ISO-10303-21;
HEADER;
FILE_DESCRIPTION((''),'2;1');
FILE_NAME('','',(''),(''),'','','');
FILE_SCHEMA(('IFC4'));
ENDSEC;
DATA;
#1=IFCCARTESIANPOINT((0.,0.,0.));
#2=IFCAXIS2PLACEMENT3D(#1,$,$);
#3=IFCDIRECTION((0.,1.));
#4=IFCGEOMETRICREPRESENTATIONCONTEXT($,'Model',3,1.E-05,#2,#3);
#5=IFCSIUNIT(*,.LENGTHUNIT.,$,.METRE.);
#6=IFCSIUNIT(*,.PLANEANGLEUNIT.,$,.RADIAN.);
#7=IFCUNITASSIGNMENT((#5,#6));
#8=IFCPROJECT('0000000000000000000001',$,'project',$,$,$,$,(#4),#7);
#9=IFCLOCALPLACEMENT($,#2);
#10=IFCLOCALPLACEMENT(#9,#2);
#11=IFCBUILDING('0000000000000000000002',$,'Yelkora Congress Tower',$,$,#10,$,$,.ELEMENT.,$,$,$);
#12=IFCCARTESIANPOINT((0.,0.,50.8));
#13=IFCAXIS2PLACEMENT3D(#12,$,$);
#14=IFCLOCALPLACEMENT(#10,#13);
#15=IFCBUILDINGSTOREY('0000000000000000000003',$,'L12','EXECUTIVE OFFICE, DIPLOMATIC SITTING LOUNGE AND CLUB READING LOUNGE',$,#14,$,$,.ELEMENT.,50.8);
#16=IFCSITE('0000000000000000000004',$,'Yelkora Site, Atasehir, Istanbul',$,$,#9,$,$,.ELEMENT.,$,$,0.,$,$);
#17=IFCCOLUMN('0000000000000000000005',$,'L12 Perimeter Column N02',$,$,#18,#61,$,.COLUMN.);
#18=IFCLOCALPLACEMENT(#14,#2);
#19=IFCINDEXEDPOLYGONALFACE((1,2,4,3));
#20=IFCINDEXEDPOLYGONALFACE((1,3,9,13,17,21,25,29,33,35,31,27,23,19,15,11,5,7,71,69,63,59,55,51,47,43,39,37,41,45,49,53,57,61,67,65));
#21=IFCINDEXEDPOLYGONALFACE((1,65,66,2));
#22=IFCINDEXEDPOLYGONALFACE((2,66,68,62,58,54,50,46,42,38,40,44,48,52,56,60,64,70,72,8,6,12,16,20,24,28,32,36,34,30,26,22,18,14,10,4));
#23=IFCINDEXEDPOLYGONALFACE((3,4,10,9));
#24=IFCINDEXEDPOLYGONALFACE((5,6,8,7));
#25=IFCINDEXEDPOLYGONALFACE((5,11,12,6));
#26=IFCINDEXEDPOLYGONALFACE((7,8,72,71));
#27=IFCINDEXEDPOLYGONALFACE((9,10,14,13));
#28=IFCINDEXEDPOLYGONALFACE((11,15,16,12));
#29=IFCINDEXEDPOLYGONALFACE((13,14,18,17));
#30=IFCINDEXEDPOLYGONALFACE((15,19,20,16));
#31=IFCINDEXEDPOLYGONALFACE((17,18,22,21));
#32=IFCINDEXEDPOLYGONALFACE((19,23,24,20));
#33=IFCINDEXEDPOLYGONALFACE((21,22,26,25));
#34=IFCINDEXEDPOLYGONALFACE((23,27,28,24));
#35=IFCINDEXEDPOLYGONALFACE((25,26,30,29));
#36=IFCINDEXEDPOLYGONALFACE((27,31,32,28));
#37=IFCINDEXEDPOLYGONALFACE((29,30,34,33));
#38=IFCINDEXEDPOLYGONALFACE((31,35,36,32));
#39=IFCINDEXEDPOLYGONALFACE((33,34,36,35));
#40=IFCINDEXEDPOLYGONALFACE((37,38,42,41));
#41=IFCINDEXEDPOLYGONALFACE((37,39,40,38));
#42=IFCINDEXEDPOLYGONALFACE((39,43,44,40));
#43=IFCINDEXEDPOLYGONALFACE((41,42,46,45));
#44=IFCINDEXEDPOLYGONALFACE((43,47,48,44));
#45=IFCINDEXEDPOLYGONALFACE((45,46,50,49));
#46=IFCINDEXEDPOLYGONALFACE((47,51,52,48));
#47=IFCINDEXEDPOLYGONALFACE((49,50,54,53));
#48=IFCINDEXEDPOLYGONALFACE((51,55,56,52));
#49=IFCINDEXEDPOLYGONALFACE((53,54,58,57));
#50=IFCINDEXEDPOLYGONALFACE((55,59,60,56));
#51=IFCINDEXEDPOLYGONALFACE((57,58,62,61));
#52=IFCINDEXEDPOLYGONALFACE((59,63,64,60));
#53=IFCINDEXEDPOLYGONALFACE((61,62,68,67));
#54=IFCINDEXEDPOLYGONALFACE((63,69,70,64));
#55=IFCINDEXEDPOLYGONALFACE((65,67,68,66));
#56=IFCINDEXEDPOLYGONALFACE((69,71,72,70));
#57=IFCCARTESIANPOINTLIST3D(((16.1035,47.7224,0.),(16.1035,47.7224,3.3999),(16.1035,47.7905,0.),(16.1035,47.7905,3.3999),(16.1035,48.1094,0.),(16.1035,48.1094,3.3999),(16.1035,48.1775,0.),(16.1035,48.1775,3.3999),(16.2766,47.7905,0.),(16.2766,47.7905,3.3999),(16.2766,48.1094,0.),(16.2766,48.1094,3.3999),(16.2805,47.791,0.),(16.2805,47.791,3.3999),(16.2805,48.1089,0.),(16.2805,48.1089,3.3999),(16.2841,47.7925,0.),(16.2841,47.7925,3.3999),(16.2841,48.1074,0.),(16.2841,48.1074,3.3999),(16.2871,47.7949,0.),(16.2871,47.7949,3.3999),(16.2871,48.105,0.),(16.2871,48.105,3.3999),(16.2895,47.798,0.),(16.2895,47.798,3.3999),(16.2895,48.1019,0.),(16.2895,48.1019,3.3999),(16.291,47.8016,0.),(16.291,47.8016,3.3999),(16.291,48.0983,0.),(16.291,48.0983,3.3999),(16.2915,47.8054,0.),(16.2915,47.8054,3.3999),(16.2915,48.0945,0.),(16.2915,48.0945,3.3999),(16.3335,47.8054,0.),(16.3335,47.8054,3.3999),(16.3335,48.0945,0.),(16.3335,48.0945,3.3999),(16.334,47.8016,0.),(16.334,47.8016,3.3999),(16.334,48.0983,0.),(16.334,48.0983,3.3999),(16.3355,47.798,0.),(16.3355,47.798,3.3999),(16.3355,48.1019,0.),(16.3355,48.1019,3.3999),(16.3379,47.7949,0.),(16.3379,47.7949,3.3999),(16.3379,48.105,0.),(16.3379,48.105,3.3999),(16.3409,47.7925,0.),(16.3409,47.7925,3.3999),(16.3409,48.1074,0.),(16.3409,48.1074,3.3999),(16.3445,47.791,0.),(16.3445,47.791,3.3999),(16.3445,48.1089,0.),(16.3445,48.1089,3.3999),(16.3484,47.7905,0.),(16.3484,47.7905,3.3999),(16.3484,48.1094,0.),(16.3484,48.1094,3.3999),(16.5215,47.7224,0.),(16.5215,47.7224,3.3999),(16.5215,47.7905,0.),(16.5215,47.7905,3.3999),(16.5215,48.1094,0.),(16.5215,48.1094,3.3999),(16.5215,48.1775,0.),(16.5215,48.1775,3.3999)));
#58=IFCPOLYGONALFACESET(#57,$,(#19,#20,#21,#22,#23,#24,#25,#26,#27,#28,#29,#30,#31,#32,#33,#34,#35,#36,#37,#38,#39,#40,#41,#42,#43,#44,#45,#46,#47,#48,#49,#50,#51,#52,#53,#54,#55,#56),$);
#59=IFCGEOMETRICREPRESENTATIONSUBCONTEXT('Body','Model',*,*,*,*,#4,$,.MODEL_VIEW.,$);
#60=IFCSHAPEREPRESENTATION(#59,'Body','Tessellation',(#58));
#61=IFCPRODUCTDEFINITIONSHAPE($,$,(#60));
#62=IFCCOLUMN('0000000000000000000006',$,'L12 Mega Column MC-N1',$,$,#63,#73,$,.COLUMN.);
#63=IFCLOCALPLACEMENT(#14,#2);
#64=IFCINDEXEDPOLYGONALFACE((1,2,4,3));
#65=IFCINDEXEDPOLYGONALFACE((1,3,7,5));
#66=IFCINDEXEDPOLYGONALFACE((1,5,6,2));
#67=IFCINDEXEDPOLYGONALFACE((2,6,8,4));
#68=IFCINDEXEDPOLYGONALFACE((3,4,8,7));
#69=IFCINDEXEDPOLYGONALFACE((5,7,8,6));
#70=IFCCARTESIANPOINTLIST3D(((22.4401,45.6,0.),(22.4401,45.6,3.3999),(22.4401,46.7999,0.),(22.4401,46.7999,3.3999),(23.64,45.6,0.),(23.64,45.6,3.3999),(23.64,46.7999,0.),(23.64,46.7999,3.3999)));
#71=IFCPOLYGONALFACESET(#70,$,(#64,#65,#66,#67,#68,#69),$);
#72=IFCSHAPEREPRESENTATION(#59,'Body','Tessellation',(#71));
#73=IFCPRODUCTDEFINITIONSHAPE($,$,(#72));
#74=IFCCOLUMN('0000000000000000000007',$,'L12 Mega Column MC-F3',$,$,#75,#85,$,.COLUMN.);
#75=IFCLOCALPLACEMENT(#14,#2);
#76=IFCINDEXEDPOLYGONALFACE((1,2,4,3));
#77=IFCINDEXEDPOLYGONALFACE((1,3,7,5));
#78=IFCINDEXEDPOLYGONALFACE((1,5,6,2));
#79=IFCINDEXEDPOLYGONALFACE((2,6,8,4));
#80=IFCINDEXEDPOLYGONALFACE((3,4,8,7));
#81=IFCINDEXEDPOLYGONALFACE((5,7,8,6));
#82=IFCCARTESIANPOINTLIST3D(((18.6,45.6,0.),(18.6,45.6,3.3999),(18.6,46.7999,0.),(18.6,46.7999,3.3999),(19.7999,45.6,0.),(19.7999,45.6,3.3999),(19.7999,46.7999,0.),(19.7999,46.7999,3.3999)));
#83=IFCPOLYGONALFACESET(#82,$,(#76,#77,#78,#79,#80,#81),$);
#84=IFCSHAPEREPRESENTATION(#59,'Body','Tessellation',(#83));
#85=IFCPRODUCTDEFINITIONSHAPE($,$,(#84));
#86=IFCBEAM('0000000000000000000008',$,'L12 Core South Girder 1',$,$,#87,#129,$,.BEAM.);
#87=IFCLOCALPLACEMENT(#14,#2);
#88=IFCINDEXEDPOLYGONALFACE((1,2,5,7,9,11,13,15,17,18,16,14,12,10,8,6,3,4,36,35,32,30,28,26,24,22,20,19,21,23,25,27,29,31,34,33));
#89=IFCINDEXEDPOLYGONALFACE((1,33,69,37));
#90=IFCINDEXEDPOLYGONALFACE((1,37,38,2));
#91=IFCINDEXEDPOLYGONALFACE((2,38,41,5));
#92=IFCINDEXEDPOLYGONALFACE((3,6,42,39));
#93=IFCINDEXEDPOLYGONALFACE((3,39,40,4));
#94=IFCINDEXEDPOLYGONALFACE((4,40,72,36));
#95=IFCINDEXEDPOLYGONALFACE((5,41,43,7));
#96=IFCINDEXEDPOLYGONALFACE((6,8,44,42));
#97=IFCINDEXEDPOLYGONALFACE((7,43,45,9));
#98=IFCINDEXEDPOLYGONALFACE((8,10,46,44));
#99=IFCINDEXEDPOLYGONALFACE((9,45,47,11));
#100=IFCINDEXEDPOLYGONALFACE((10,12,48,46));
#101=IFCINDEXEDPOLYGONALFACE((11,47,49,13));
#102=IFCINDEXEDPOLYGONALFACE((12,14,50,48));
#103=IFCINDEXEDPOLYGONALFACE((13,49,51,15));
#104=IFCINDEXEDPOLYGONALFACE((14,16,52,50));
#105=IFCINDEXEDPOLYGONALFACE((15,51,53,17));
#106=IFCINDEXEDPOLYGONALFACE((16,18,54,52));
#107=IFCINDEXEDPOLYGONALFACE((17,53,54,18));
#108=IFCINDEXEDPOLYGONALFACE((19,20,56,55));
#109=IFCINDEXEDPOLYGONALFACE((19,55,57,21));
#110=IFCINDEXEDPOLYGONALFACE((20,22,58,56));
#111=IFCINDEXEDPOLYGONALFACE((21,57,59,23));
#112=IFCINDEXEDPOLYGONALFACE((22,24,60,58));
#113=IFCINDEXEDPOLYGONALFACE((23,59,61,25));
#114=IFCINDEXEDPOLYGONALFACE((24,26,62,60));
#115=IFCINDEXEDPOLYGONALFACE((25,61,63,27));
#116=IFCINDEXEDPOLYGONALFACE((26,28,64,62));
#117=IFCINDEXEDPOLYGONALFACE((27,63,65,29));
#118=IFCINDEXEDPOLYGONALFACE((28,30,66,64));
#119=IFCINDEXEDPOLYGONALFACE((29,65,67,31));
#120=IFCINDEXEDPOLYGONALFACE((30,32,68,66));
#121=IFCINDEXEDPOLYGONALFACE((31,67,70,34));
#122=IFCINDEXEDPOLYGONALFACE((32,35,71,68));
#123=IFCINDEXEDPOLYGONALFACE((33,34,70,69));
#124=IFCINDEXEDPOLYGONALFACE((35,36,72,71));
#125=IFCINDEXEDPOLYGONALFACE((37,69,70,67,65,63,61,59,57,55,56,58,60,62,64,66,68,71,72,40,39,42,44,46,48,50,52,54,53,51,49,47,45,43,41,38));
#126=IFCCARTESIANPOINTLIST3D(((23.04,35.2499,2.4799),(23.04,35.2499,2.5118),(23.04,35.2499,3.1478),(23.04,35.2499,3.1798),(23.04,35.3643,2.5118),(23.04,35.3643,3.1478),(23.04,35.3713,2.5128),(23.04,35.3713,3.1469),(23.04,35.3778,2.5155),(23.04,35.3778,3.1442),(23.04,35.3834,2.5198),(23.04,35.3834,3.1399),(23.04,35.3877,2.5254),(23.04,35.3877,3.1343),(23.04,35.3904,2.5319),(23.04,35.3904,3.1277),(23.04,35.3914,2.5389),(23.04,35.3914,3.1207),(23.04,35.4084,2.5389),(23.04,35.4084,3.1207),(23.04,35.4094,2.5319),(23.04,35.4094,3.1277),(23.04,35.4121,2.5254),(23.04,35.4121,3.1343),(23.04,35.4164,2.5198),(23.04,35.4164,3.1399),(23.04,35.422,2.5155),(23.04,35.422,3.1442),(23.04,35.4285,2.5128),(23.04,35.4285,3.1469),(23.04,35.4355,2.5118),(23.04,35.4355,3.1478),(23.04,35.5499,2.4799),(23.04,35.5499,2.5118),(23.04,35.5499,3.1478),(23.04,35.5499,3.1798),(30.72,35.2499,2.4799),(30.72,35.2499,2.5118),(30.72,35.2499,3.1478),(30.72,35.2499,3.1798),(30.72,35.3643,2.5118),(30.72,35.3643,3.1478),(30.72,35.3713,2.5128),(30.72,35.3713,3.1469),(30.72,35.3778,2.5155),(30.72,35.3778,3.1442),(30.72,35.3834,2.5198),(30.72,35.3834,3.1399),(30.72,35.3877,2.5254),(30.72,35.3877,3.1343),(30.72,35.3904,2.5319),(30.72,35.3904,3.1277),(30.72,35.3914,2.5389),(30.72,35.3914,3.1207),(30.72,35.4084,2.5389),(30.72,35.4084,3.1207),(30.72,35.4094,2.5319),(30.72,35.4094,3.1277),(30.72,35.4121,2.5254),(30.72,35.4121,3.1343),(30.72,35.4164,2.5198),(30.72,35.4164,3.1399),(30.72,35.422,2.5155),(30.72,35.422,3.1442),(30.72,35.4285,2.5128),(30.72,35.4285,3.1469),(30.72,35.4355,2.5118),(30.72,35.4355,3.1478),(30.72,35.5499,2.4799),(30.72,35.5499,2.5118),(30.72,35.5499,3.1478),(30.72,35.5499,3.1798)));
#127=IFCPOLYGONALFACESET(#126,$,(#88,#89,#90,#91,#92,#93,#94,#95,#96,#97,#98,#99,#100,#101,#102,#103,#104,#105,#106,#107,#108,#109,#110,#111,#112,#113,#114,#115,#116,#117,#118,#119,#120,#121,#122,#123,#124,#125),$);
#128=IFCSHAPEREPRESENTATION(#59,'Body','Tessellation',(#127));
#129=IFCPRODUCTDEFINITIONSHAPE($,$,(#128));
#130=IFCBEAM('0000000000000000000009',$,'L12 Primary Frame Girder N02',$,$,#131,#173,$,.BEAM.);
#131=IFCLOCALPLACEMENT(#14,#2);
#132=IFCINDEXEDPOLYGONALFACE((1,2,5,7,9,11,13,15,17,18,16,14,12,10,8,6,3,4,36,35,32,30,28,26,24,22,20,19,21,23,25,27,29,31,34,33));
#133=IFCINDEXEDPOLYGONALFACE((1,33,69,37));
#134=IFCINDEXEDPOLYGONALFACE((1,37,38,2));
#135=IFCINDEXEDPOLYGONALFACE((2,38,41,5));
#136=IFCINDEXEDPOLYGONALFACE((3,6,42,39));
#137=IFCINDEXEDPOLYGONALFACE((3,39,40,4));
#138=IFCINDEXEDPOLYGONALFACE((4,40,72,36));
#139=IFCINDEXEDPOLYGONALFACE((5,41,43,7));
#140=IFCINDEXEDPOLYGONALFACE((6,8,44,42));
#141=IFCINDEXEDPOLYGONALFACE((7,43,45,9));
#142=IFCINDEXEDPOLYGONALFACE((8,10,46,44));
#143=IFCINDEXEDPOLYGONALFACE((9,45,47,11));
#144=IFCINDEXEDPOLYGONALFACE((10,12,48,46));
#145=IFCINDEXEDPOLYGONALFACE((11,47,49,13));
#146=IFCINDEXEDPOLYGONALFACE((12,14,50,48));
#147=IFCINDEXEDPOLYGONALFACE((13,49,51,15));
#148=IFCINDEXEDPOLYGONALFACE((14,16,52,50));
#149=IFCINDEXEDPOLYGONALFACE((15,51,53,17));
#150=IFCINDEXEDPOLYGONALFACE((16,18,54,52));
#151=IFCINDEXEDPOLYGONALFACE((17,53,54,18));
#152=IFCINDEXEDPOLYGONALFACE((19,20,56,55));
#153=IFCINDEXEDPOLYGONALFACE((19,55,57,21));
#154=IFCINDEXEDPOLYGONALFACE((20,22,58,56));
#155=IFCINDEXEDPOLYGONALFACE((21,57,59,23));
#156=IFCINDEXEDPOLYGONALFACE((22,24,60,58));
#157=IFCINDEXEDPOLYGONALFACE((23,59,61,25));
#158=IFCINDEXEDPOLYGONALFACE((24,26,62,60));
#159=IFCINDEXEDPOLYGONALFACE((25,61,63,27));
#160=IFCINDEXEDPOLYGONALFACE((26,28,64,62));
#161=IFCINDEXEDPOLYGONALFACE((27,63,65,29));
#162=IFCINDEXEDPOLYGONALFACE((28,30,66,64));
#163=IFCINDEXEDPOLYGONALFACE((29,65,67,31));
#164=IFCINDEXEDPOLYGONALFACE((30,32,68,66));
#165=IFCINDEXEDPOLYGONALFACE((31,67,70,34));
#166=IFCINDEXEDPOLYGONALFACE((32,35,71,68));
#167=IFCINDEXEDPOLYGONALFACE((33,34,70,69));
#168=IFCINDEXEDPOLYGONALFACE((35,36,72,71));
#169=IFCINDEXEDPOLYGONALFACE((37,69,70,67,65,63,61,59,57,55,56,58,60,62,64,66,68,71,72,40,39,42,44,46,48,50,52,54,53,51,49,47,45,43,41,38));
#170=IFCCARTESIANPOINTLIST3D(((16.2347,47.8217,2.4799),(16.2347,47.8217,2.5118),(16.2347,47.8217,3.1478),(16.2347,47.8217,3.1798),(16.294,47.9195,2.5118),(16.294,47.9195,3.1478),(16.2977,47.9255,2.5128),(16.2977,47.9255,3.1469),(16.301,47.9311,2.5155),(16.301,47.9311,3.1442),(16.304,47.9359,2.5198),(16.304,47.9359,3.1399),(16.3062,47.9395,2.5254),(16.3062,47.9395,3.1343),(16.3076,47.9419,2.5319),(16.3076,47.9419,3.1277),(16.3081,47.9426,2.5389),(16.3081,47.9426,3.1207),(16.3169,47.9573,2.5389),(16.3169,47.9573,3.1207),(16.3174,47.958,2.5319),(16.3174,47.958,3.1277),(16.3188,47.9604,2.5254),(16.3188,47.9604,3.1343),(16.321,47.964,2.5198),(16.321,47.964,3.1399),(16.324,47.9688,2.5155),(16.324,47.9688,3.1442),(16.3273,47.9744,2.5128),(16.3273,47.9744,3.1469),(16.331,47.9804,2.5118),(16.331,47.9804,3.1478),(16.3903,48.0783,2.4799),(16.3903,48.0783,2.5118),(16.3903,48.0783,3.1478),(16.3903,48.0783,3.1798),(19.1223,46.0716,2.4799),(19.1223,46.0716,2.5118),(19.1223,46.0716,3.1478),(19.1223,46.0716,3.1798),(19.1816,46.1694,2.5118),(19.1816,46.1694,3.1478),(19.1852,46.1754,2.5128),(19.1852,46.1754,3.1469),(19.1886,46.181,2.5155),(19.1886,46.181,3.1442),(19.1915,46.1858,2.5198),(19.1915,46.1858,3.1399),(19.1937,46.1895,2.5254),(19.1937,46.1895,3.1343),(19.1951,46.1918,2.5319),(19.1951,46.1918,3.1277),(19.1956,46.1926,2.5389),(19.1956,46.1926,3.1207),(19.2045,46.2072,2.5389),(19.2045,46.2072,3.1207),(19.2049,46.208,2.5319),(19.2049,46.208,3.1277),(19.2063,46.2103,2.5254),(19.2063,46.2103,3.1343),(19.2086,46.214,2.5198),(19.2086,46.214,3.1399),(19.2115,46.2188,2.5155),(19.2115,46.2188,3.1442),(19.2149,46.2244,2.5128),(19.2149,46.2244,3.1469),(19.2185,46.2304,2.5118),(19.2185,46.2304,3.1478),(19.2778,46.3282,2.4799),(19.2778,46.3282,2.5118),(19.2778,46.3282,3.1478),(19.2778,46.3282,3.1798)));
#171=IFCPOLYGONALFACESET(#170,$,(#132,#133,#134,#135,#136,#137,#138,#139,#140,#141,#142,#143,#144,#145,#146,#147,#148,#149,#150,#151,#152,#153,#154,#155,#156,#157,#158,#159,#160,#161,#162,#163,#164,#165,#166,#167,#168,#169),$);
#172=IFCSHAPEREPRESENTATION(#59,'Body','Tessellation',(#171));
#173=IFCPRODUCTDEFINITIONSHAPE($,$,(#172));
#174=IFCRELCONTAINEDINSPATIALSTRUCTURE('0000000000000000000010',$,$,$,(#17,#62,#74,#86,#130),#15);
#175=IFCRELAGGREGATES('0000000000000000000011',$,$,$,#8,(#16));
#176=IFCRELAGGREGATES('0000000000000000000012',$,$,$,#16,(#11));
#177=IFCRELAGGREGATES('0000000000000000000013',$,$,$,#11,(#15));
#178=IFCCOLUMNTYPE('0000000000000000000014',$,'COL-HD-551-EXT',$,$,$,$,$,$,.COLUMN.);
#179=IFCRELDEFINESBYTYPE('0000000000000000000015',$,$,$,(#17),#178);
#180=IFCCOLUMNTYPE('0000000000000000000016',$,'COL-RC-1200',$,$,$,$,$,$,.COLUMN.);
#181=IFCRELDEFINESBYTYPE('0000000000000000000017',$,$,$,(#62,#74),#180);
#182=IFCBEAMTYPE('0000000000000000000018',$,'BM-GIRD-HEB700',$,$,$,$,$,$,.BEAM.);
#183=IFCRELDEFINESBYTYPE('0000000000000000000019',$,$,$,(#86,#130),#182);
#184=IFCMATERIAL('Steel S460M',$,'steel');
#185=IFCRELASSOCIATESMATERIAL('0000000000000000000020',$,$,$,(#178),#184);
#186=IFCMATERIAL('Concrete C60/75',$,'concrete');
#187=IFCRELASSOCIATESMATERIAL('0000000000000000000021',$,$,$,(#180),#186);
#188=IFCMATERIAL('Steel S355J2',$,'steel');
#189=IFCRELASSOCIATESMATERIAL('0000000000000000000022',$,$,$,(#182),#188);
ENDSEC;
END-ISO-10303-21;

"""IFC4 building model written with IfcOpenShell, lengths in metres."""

from ifc_helpers import new_model, si_unit, direction, frame, origin, origin_2d, place, context, subcontext, project, spatial, rectangle, i_section, extrude, material, material_profile, profile_set, type_object, element, save


model = new_model("IFC4")

# Units and contexts
model_context = context("Model", 3, precision=1e-05, world=origin(), true_north=direction((0.0, 1.0)))
body_context = subcontext(model_context, "Body", "Model", "MODEL_VIEW")
ifc_project = project(units=[si_unit("LENGTHUNIT", "METRE"), si_unit("PLANEANGLEUNIT", "RADIAN")], contexts=[model_context])

# Site, building, storey
site_placement = place(None, origin())
site = spatial("IfcSite", under=ifc_project, at=site_placement, Name="Yelkora Site, Atasehir, Istanbul", CompositionType="ELEMENT", RefElevation=0.0)
building_placement = place(site_placement, origin())
building = spatial("IfcBuilding", under=site, at=building_placement, Name="Yelkora Congress Tower", CompositionType="ELEMENT")
storey_placement = place(building_placement, frame((0.0, 0.0, 50.8)))
storey = spatial("IfcBuildingStorey", under=building, at=storey_placement, Name="L12", Description="EXECUTIVE OFFICE, DIPLOMATIC SITTING LOUNGE AND CLUB READING LOUNGE", CompositionType="ELEMENT", Elevation=50.8)

# Columns
ifc_material_1 = material(Name="Steel S460M", Category="steel")
ifc_material_profile_1 = material_profile(ifc_material_1, i_section(OverallWidth=0.418, OverallDepth=0.4551, WebThickness=0.042, FlangeThickness=0.0681, FilletRadius=0.0149, at=origin_2d()), Name="HD 400x551")
ifc_profile_set_1 = profile_set([ifc_material_profile_1], Name="Steel S460M")
column_type_1 = type_object("IfcColumnType", Name="COL-HD-551-EXT", PredefinedType="COLUMN", material=ifc_profile_set_1)
column_placement = place(storey_placement, frame((16.3125, 47.95, 0.0), z_axis=(0.0, 0.0, 1.0), x_axis=(1.0, 0.0, 0.0)))
element("IfcColumn", 1, at=column_placement, inside=storey, type_object=column_type_1, Name="L12 Perimeter Column N02", PredefinedType="COLUMN", context=body_context, shape_type="SweptSolid", body=[
    extrude(i_section(OverallWidth=0.418, OverallDepth=0.4551, WebThickness=0.042, FlangeThickness=0.0681, FilletRadius=0.0149, at=origin_2d()), origin(), (0.0, 0.0, 1.0), 3.3999),
])
ifc_material_2 = material(Name="Concrete C60/75", Category="concrete")
ifc_material_profile_2 = material_profile(ifc_material_2, rectangle(XDim=1.2, YDim=1.2, at=origin_2d()), Name="RC 1200x1200")
ifc_profile_set_2 = profile_set([ifc_material_profile_2], Name="Concrete C60/75")
column_type_2 = type_object("IfcColumnType", Name="COL-RC-1200", PredefinedType="COLUMN", material=ifc_profile_set_2)
for number, where, z_axis, x_axis, name in (
    (2, (23.04, 46.2, 0.0), (0.0, 0.0, 1.0), (1.0, 0.0, 0.0), "L12 Mega Column MC-N1"),
    (3, (19.2, 46.2, 0.0), (0.0, 0.0, 1.0), (1.0, 0.0, 0.0), "L12 Mega Column MC-F3"),
):
    element("IfcColumn", number, at=place(storey_placement, frame(where, z_axis=z_axis, x_axis=x_axis)), inside=storey, type_object=column_type_2, Name=name, PredefinedType="COLUMN", context=body_context, shape_type="SweptSolid", body=[
        extrude(rectangle(XDim=1.2, YDim=1.2, at=origin_2d()), origin(), (0.0, 0.0, 1.0), 3.3999),
    ])

# Beams
ifc_material_3 = material(Name="Steel S355J2", Category="steel")
ifc_material_profile_3 = material_profile(ifc_material_3, i_section(OverallWidth=0.3, OverallDepth=0.7, WebThickness=0.0171, FlangeThickness=0.032, FilletRadius=0.0271, at=origin_2d()), Name="HEB 700")
ifc_profile_set_3 = profile_set([ifc_material_profile_3], Name="Steel S355J2")
beam_type_1 = type_object("IfcBeamType", Name="BM-GIRD-HEB700", PredefinedType="BEAM", material=ifc_profile_set_3)
beam_1_placement = place(storey_placement, frame((23.04, 35.3999, 2.8298), z_axis=(1.0, 0.0, 0.0), x_axis=(0.0, 1.0, 0.0)))
element("IfcBeam", 4, at=beam_1_placement, inside=storey, type_object=beam_type_1, Name="L12 Core South Girder 1", PredefinedType="BEAM", context=body_context, shape_type="SweptSolid", body=[
    extrude(i_section(OverallWidth=0.3, OverallDepth=0.7, WebThickness=0.0171, FlangeThickness=0.032, FilletRadius=0.0271, at=origin_2d()), origin(), (0.0, 0.0, 1.0), 7.6799),
])
beam_2_placement = place(storey_placement, frame((16.3125, 47.95, 2.8298), z_axis=(0.855194, -0.518308, 0.0), x_axis=(0.518308, 0.855194, 0.0)))
element("IfcBeam", 5, at=beam_2_placement, inside=storey, type_object=beam_type_1, Name="L12 Primary Frame Girder N02", PredefinedType="BEAM", context=body_context, shape_type="SweptSolid", body=[
    extrude(i_section(OverallWidth=0.3, OverallDepth=0.7, WebThickness=0.0171, FlangeThickness=0.032, FilletRadius=0.0271, at=origin_2d()), origin(), (0.0, 0.0, 1.0), 3.3765),
])

save(model, "model.ifc")
